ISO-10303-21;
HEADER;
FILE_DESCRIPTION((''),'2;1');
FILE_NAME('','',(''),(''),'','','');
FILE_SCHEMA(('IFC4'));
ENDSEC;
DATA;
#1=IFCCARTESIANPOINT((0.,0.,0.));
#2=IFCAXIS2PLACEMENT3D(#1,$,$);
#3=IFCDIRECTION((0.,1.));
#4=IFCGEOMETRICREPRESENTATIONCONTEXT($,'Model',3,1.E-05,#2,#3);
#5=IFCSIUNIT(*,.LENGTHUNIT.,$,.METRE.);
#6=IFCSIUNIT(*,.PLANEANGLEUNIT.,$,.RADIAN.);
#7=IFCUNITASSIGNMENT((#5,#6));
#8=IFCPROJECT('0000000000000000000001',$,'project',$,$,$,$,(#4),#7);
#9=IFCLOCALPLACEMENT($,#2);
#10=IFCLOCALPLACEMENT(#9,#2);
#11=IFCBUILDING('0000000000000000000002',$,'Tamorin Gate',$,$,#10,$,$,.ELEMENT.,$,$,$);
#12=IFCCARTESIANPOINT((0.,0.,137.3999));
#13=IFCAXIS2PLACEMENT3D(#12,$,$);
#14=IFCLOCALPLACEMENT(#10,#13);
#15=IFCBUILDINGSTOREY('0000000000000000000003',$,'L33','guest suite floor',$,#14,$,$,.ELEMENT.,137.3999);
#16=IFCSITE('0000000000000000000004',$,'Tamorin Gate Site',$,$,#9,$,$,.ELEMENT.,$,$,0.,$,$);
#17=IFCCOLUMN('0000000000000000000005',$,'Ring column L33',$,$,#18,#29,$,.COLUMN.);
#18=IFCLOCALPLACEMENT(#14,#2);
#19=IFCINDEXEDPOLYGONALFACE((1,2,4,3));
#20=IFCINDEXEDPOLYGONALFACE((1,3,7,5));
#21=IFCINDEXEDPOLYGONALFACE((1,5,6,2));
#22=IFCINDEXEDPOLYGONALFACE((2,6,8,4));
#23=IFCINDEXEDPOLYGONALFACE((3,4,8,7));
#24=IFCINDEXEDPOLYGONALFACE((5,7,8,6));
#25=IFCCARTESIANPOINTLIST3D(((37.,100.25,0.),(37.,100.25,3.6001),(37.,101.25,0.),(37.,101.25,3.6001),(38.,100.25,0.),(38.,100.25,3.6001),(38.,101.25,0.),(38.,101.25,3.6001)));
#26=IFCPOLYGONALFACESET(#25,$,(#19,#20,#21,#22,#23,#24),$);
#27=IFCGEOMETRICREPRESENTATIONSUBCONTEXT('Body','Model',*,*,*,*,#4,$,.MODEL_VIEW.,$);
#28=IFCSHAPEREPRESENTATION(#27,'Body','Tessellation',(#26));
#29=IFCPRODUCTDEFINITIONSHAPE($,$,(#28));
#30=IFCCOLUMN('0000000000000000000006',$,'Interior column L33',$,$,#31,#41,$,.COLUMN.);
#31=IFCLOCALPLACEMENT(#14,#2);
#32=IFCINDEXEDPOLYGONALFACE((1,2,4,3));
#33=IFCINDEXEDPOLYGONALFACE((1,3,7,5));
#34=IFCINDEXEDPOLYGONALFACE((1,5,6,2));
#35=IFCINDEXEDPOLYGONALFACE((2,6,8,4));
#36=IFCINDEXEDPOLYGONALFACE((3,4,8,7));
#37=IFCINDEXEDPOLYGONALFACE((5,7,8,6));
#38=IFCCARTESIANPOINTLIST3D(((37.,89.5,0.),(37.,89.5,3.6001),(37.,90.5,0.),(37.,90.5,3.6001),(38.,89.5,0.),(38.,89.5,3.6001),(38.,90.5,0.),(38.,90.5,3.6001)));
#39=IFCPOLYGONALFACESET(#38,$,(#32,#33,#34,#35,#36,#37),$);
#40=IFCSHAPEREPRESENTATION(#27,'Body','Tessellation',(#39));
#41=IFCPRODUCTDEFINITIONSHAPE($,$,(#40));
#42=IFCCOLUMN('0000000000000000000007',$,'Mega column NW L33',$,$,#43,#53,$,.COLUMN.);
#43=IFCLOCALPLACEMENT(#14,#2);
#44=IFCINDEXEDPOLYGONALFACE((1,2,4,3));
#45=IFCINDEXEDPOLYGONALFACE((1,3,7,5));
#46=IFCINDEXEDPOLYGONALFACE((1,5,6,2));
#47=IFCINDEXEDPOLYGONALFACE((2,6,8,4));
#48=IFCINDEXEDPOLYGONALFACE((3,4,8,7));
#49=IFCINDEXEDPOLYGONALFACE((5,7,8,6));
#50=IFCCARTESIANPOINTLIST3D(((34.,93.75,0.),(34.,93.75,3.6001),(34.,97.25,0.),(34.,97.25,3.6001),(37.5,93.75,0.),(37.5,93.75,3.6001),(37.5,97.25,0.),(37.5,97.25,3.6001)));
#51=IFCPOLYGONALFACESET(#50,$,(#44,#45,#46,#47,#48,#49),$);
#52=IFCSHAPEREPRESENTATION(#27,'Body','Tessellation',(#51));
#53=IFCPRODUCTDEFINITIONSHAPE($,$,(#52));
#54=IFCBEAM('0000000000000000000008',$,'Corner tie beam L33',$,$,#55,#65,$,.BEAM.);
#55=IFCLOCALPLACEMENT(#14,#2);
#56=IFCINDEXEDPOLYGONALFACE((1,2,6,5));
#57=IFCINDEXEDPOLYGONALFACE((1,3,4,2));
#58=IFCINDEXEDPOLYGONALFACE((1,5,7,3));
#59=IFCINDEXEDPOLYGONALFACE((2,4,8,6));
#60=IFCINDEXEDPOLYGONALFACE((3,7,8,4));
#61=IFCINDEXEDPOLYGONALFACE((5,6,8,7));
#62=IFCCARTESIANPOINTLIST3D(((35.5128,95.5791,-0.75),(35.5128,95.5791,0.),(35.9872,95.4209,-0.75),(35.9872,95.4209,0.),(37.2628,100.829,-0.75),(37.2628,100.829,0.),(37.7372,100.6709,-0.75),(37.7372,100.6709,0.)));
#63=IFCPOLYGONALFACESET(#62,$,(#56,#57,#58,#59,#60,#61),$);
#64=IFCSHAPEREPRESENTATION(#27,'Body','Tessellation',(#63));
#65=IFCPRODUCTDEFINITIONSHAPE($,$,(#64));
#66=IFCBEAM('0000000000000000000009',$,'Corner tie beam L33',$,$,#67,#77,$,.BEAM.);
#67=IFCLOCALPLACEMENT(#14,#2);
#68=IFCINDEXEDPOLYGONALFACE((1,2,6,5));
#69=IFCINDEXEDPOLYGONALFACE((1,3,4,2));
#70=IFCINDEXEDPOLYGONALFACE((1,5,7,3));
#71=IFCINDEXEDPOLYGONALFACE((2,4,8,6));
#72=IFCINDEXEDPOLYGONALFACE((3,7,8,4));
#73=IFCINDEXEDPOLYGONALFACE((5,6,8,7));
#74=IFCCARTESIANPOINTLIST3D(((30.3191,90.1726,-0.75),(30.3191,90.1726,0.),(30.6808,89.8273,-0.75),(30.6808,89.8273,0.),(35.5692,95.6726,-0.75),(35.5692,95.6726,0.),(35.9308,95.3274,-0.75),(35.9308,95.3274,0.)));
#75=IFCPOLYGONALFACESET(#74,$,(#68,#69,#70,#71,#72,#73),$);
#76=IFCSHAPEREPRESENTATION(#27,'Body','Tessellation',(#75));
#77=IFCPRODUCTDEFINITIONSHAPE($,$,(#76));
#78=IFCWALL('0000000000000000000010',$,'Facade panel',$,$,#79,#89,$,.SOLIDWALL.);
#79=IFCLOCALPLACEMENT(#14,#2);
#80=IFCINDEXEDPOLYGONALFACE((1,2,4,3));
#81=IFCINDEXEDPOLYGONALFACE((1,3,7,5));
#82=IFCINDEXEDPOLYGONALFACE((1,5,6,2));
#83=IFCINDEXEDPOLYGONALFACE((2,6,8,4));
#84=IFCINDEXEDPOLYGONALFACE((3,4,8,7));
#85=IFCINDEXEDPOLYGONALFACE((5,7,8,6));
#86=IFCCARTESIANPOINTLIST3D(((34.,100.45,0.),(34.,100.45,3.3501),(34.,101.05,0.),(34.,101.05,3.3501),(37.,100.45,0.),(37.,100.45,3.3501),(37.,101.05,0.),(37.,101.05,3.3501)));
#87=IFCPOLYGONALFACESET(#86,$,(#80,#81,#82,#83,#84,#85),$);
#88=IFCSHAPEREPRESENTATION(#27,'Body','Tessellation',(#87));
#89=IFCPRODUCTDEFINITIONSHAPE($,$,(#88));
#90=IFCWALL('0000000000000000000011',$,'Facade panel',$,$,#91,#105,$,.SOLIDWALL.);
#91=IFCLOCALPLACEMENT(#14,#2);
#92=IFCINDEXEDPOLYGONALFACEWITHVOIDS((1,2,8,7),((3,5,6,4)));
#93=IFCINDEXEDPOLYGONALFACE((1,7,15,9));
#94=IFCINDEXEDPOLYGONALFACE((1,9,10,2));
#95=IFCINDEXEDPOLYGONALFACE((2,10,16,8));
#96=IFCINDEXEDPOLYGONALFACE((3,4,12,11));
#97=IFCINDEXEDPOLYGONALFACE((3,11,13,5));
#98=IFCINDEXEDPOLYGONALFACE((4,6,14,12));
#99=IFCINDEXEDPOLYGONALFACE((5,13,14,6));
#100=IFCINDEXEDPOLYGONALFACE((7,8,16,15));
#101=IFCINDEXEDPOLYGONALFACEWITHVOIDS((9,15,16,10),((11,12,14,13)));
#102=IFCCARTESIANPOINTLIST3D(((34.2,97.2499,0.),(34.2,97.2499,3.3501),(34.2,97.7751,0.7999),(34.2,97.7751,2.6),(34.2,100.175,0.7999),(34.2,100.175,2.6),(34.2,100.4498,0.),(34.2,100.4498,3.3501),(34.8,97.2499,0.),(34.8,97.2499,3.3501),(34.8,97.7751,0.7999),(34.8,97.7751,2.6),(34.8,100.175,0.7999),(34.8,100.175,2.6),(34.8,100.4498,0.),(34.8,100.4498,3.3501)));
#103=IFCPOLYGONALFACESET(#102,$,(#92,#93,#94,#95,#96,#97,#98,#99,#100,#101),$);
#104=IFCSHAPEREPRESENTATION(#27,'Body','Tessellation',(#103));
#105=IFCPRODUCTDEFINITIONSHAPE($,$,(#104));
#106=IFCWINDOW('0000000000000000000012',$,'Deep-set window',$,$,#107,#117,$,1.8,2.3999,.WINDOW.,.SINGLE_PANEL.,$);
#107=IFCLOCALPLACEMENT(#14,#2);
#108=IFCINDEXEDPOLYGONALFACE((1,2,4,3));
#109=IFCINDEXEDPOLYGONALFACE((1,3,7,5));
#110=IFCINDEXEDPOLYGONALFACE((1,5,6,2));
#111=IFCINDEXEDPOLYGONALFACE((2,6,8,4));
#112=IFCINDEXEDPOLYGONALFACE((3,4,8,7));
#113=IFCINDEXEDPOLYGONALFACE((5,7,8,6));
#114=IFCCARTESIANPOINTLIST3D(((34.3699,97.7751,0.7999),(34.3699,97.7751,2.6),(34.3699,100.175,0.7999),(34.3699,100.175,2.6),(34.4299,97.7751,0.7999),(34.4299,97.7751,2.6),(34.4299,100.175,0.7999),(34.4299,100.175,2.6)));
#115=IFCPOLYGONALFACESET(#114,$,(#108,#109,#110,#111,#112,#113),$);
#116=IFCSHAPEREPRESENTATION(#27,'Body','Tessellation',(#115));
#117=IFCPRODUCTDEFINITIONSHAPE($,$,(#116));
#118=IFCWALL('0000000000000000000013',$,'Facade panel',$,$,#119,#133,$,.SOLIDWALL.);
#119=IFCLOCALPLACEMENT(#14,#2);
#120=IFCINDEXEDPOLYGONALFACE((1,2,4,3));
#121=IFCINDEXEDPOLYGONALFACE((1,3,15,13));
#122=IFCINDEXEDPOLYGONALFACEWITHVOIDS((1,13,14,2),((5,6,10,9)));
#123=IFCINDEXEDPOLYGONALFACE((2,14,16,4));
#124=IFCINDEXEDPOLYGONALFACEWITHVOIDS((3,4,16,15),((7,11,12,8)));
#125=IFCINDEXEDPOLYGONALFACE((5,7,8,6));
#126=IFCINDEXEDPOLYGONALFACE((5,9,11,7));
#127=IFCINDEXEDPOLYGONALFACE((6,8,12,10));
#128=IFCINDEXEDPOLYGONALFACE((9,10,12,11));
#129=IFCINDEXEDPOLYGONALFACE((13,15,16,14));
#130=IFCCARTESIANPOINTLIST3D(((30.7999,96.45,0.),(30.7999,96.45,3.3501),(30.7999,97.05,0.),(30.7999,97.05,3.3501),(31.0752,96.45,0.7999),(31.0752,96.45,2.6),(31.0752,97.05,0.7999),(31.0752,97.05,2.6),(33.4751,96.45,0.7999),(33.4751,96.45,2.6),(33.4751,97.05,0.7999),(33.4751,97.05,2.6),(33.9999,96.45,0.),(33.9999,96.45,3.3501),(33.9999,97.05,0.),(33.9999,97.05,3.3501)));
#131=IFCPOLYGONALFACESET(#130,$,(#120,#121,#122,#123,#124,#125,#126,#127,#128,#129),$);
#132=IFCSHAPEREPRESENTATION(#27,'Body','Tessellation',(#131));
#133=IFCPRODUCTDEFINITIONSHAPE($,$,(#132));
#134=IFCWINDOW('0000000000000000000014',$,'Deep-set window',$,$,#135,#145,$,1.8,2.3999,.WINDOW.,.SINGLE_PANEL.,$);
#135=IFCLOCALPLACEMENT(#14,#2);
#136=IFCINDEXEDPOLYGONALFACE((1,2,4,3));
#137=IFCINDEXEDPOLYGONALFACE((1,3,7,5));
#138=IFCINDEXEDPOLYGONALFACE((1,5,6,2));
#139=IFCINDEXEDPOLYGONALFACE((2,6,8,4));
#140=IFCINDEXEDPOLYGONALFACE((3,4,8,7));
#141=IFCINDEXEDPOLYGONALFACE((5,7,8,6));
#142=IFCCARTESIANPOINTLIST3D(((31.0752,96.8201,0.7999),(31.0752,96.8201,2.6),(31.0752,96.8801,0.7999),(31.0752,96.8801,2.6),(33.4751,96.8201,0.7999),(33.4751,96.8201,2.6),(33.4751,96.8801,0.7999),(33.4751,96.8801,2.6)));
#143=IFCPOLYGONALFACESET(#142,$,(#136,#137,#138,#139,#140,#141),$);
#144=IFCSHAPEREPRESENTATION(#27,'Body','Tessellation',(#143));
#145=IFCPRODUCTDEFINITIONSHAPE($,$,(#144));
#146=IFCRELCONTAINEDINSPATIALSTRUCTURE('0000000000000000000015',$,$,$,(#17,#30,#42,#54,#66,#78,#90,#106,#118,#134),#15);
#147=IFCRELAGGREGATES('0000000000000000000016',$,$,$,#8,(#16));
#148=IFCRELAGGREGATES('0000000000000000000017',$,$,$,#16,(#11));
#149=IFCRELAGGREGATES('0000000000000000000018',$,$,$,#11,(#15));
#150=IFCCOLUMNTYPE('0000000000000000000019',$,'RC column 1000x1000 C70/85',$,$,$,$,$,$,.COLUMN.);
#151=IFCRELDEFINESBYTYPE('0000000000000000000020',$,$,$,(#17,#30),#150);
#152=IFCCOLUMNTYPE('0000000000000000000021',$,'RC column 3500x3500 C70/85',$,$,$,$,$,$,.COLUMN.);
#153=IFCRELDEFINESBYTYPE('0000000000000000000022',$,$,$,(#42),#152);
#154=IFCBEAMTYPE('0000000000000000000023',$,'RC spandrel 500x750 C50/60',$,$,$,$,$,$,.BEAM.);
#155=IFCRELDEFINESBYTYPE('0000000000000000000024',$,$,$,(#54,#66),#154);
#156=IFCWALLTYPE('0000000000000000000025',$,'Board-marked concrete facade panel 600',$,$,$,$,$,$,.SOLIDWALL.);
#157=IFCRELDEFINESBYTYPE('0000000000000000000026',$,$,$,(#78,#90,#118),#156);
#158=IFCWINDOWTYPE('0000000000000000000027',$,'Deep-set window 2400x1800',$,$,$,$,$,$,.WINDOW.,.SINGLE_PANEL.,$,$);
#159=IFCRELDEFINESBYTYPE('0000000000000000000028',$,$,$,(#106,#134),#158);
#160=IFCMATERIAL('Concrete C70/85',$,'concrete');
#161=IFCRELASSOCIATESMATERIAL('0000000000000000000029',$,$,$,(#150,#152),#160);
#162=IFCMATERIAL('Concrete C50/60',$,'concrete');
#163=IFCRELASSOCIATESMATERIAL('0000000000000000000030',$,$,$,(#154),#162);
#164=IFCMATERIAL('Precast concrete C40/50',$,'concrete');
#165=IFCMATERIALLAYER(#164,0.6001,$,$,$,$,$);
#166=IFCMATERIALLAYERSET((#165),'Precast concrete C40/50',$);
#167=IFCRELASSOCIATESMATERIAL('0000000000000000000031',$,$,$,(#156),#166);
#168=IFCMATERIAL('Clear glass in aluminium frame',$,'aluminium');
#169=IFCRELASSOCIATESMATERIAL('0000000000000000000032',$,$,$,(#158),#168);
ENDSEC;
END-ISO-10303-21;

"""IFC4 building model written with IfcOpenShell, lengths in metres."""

from ifc_helpers import new_model, si_unit, direction, frame, frame_2d, origin, origin_2d, place, context, subcontext, project, spatial, rectangle, extrude, material, layer, layer_set, material_profile, profile_set, type_object, element, fill, save


model = new_model("IFC4")

# Units and contexts
model_context = context("Model", 3, precision=1e-05, world=origin(), true_north=direction((0.0, 1.0)))
body_context = subcontext(model_context, "Body", "Model", "MODEL_VIEW")
ifc_project = project(units=[si_unit("LENGTHUNIT", "METRE"), si_unit("PLANEANGLEUNIT", "RADIAN")], contexts=[model_context])

# Site, building, storey
site_placement = place(None, origin())
site = spatial("IfcSite", under=ifc_project, at=site_placement, Name="Tamorin Gate Site", CompositionType="ELEMENT", RefElevation=0.0)
building_placement = place(site_placement, origin())
building = spatial("IfcBuilding", under=site, at=building_placement, Name="Tamorin Gate", CompositionType="ELEMENT")
storey_placement = place(building_placement, frame((0.0, 0.0, 137.3999)))
storey = spatial("IfcBuildingStorey", under=building, at=storey_placement, Name="L33", Description="guest suite floor", CompositionType="ELEMENT", Elevation=137.3999)

# Columns
ifc_material_1 = material(Name="Concrete C70/85", Category="concrete")
ifc_material_profile_1 = material_profile(ifc_material_1, rectangle(XDim=1.0, YDim=1.0, at=origin_2d()), Name="RC 1000x1000")
ifc_profile_set_1 = profile_set([ifc_material_profile_1], Name="Concrete C70/85")
column_type_1 = type_object("IfcColumnType", Name="RC column 1000x1000 C70/85", PredefinedType="COLUMN", material=ifc_profile_set_1)
for number, where, z_axis, x_axis, name in (
    (1, (37.5, 100.75, 0.0), (0.0, 0.0, 1.0), (1.0, 0.0, 0.0), "Ring column L33"),
    (2, (37.5, 90.0, 0.0), (0.0, 0.0, 1.0), (1.0, 0.0, 0.0), "Interior column L33"),
):
    element("IfcColumn", number, at=place(storey_placement, frame(where, z_axis=z_axis, x_axis=x_axis)), inside=storey, type_object=column_type_1, Name=name, PredefinedType="COLUMN", context=body_context, shape_type="SweptSolid", body=[
        extrude(rectangle(XDim=1.0, YDim=1.0, at=origin_2d()), origin(), (0.0, 0.0, 1.0), 3.6001),
    ])
ifc_material_profile_2 = material_profile(ifc_material_1, rectangle(XDim=3.5, YDim=3.5, at=origin_2d()), Name="RC 3500x3500")
ifc_profile_set_2 = profile_set([ifc_material_profile_2], Name="Concrete C70/85")
column_type_2 = type_object("IfcColumnType", Name="RC column 3500x3500 C70/85", PredefinedType="COLUMN", material=ifc_profile_set_2)
column_placement = place(storey_placement, frame((35.75, 95.5, 0.0), z_axis=(0.0, 0.0, 1.0), x_axis=(1.0, 0.0, 0.0)))
element("IfcColumn", 3, at=column_placement, inside=storey, type_object=column_type_2, Name="Mega column NW L33", PredefinedType="COLUMN", context=body_context, shape_type="SweptSolid", body=[
    extrude(rectangle(XDim=3.5, YDim=3.5, at=origin_2d()), origin(), (0.0, 0.0, 1.0), 3.6001),
])

# Beams
ifc_material_2 = material(Name="Concrete C50/60", Category="concrete")
ifc_material_profile_3 = material_profile(ifc_material_2, rectangle(XDim=0.5, YDim=0.75, at=origin_2d()), Name="RC 500x750")
ifc_profile_set_3 = profile_set([ifc_material_profile_3], Name="Concrete C50/60")
beam_type = type_object("IfcBeamType", Name="RC spandrel 500x750 C50/60", PredefinedType="BEAM", material=ifc_profile_set_3)
beam_1_placement = place(storey_placement, frame((35.75, 95.5, -0.375), z_axis=(0.316228, 0.948683, 0.0), x_axis=(-0.948683, 0.316228, 0.0)))
element("IfcBeam", 4, at=beam_1_placement, inside=storey, type_object=beam_type, Name="Corner tie beam L33", PredefinedType="BEAM", context=body_context, shape_type="SweptSolid", body=[
    extrude(rectangle(XDim=0.5, YDim=0.75, at=origin_2d()), origin(), (0.0, 0.0, 1.0), 5.5339),
])
beam_2_placement = place(storey_placement, frame((35.75, 95.5, -0.375), z_axis=(-0.690476, -0.723356, 0.0), x_axis=(0.723356, -0.690476, 0.0)))
element("IfcBeam", 5, at=beam_2_placement, inside=storey, type_object=beam_type, Name="Corner tie beam L33", PredefinedType="BEAM", context=body_context, shape_type="SweptSolid", body=[
    extrude(rectangle(XDim=0.5, YDim=0.75, at=origin_2d()), origin(), (0.0, 0.0, 1.0), 7.6035),
])

# Wall
ifc_material_3 = material(Name="Precast concrete C40/50", Category="concrete")
ifc_layer_1 = layer(ifc_material_3, 0.6001)
ifc_layer_set_1 = layer_set([ifc_layer_1], Name="Precast concrete C40/50")
wall_type_1 = type_object("IfcWallType", Name="Board-marked concrete facade panel 600", PredefinedType="SOLIDWALL", material=ifc_layer_set_1)
wall_1_placement = place(storey_placement, frame((37.0, 100.75, 0.0), z_axis=(0.0, 0.0, 1.0), x_axis=(-1.0, 0.0, 0.0)))
element("IfcWall", 6, at=wall_1_placement, inside=storey, type_object=wall_type_1, Name="Facade panel", PredefinedType="SOLIDWALL", context=body_context, shape_type="SweptSolid", body=[
    extrude(rectangle(XDim=3.0, YDim=0.6001, at=frame_2d((1.5, 0.0))), origin(), (0.0, 0.0, 1.0), 3.3501),
])

# Walls, openings, windows
wall_2_placement = place(storey_placement, frame((34.5, 100.45, 0.0), z_axis=(0.0, 0.0, 1.0), x_axis=(0.0, -1.0, 0.0)))
wall_2 = element("IfcWall", 7, at=wall_2_placement, inside=storey, type_object=wall_type_1, Name="Facade panel", PredefinedType="SOLIDWALL", context=body_context, shape_type="SweptSolid", body=[
    extrude(rectangle(XDim=3.2, YDim=0.6001, at=frame_2d((1.6001, 0.0))), origin(), (0.0, 0.0, 1.0), 3.3501),
])
opening_1_placement = place(wall_2_placement, frame((0.2749, 0.0, 0.8)))
opening_1 = element("IfcOpeningElement", 8, at=opening_1_placement, cuts=wall_2, PredefinedType="OPENING", context=body_context, shape_type="SweptSolid", body=[
    extrude(rectangle(XDim=2.3999, YDim=1.8, at=frame_2d((1.2, 0.8999))), frame((0.0, 0.3101, 0.0), z_axis=(0.0, -1.0, 0.0), x_axis=(1.0, 0.0, 0.0)), (0.0, 0.0, 1.0), 0.6201),
])
ifc_material_4 = material(Name="Clear glass in aluminium frame", Category="aluminium")
window_type_1 = type_object("IfcWindowType", Name="Deep-set window 2400x1800", PartitioningType="SINGLE_PANEL", PredefinedType="WINDOW", material=ifc_material_4)
window_1_placement = place(opening_1_placement, origin())
window_1 = element("IfcWindow", 9, at=window_1_placement, inside=storey, type_object=window_type_1, Name="Deep-set window", OverallHeight=1.8, OverallWidth=2.3999, PartitioningType="SINGLE_PANEL", PredefinedType="WINDOW", context=body_context, shape_type="SweptSolid", body=[
    extrude(rectangle(XDim=2.3999, YDim=1.8, at=frame_2d((1.2, 0.8999))), frame((0.0, -0.0701, 0.0), z_axis=(0.0, -1.0, 0.0), x_axis=(1.0, 0.0, 0.0)), (0.0, 0.0, 1.0), 0.0601),
])
fill(opening_1, window_1)
wall_3_placement = place(storey_placement, frame((34.0, 96.75, 0.0), z_axis=(0.0, 0.0, 1.0), x_axis=(-1.0, 0.0, 0.0)))
wall_3 = element("IfcWall", 10, at=wall_3_placement, inside=storey, type_object=wall_type_1, Name="Facade panel", PredefinedType="SOLIDWALL", context=body_context, shape_type="SweptSolid", body=[
    extrude(rectangle(XDim=3.2, YDim=0.6001, at=frame_2d((1.6001, 0.0))), origin(), (0.0, 0.0, 1.0), 3.3501),
])
opening_2_placement = place(wall_3_placement, frame((0.5249, 0.0, 0.8)))
opening_2 = element("IfcOpeningElement", 11, at=opening_2_placement, cuts=wall_3, PredefinedType="OPENING", context=body_context, shape_type="SweptSolid", body=[
    extrude(rectangle(XDim=2.3999, YDim=1.8, at=frame_2d((1.2, 0.8999))), frame((0.0, 0.3101, 0.0), z_axis=(0.0, -1.0, 0.0), x_axis=(1.0, 0.0, 0.0)), (0.0, 0.0, 1.0), 0.6201),
])
window_2_placement = place(opening_2_placement, origin())
window_2 = element("IfcWindow", 12, at=window_2_placement, inside=storey, type_object=window_type_1, Name="Deep-set window", OverallHeight=1.8, OverallWidth=2.3999, PartitioningType="SINGLE_PANEL", PredefinedType="WINDOW", context=body_context, shape_type="SweptSolid", body=[
    extrude(rectangle(XDim=2.3999, YDim=1.8, at=frame_2d((1.2, 0.8999))), frame((0.0, -0.0701, 0.0), z_axis=(0.0, -1.0, 0.0), x_axis=(1.0, 0.0, 0.0)), (0.0, 0.0, 1.0), 0.0601),
])
fill(opening_2, window_2)

save(model, "model.ifc")
